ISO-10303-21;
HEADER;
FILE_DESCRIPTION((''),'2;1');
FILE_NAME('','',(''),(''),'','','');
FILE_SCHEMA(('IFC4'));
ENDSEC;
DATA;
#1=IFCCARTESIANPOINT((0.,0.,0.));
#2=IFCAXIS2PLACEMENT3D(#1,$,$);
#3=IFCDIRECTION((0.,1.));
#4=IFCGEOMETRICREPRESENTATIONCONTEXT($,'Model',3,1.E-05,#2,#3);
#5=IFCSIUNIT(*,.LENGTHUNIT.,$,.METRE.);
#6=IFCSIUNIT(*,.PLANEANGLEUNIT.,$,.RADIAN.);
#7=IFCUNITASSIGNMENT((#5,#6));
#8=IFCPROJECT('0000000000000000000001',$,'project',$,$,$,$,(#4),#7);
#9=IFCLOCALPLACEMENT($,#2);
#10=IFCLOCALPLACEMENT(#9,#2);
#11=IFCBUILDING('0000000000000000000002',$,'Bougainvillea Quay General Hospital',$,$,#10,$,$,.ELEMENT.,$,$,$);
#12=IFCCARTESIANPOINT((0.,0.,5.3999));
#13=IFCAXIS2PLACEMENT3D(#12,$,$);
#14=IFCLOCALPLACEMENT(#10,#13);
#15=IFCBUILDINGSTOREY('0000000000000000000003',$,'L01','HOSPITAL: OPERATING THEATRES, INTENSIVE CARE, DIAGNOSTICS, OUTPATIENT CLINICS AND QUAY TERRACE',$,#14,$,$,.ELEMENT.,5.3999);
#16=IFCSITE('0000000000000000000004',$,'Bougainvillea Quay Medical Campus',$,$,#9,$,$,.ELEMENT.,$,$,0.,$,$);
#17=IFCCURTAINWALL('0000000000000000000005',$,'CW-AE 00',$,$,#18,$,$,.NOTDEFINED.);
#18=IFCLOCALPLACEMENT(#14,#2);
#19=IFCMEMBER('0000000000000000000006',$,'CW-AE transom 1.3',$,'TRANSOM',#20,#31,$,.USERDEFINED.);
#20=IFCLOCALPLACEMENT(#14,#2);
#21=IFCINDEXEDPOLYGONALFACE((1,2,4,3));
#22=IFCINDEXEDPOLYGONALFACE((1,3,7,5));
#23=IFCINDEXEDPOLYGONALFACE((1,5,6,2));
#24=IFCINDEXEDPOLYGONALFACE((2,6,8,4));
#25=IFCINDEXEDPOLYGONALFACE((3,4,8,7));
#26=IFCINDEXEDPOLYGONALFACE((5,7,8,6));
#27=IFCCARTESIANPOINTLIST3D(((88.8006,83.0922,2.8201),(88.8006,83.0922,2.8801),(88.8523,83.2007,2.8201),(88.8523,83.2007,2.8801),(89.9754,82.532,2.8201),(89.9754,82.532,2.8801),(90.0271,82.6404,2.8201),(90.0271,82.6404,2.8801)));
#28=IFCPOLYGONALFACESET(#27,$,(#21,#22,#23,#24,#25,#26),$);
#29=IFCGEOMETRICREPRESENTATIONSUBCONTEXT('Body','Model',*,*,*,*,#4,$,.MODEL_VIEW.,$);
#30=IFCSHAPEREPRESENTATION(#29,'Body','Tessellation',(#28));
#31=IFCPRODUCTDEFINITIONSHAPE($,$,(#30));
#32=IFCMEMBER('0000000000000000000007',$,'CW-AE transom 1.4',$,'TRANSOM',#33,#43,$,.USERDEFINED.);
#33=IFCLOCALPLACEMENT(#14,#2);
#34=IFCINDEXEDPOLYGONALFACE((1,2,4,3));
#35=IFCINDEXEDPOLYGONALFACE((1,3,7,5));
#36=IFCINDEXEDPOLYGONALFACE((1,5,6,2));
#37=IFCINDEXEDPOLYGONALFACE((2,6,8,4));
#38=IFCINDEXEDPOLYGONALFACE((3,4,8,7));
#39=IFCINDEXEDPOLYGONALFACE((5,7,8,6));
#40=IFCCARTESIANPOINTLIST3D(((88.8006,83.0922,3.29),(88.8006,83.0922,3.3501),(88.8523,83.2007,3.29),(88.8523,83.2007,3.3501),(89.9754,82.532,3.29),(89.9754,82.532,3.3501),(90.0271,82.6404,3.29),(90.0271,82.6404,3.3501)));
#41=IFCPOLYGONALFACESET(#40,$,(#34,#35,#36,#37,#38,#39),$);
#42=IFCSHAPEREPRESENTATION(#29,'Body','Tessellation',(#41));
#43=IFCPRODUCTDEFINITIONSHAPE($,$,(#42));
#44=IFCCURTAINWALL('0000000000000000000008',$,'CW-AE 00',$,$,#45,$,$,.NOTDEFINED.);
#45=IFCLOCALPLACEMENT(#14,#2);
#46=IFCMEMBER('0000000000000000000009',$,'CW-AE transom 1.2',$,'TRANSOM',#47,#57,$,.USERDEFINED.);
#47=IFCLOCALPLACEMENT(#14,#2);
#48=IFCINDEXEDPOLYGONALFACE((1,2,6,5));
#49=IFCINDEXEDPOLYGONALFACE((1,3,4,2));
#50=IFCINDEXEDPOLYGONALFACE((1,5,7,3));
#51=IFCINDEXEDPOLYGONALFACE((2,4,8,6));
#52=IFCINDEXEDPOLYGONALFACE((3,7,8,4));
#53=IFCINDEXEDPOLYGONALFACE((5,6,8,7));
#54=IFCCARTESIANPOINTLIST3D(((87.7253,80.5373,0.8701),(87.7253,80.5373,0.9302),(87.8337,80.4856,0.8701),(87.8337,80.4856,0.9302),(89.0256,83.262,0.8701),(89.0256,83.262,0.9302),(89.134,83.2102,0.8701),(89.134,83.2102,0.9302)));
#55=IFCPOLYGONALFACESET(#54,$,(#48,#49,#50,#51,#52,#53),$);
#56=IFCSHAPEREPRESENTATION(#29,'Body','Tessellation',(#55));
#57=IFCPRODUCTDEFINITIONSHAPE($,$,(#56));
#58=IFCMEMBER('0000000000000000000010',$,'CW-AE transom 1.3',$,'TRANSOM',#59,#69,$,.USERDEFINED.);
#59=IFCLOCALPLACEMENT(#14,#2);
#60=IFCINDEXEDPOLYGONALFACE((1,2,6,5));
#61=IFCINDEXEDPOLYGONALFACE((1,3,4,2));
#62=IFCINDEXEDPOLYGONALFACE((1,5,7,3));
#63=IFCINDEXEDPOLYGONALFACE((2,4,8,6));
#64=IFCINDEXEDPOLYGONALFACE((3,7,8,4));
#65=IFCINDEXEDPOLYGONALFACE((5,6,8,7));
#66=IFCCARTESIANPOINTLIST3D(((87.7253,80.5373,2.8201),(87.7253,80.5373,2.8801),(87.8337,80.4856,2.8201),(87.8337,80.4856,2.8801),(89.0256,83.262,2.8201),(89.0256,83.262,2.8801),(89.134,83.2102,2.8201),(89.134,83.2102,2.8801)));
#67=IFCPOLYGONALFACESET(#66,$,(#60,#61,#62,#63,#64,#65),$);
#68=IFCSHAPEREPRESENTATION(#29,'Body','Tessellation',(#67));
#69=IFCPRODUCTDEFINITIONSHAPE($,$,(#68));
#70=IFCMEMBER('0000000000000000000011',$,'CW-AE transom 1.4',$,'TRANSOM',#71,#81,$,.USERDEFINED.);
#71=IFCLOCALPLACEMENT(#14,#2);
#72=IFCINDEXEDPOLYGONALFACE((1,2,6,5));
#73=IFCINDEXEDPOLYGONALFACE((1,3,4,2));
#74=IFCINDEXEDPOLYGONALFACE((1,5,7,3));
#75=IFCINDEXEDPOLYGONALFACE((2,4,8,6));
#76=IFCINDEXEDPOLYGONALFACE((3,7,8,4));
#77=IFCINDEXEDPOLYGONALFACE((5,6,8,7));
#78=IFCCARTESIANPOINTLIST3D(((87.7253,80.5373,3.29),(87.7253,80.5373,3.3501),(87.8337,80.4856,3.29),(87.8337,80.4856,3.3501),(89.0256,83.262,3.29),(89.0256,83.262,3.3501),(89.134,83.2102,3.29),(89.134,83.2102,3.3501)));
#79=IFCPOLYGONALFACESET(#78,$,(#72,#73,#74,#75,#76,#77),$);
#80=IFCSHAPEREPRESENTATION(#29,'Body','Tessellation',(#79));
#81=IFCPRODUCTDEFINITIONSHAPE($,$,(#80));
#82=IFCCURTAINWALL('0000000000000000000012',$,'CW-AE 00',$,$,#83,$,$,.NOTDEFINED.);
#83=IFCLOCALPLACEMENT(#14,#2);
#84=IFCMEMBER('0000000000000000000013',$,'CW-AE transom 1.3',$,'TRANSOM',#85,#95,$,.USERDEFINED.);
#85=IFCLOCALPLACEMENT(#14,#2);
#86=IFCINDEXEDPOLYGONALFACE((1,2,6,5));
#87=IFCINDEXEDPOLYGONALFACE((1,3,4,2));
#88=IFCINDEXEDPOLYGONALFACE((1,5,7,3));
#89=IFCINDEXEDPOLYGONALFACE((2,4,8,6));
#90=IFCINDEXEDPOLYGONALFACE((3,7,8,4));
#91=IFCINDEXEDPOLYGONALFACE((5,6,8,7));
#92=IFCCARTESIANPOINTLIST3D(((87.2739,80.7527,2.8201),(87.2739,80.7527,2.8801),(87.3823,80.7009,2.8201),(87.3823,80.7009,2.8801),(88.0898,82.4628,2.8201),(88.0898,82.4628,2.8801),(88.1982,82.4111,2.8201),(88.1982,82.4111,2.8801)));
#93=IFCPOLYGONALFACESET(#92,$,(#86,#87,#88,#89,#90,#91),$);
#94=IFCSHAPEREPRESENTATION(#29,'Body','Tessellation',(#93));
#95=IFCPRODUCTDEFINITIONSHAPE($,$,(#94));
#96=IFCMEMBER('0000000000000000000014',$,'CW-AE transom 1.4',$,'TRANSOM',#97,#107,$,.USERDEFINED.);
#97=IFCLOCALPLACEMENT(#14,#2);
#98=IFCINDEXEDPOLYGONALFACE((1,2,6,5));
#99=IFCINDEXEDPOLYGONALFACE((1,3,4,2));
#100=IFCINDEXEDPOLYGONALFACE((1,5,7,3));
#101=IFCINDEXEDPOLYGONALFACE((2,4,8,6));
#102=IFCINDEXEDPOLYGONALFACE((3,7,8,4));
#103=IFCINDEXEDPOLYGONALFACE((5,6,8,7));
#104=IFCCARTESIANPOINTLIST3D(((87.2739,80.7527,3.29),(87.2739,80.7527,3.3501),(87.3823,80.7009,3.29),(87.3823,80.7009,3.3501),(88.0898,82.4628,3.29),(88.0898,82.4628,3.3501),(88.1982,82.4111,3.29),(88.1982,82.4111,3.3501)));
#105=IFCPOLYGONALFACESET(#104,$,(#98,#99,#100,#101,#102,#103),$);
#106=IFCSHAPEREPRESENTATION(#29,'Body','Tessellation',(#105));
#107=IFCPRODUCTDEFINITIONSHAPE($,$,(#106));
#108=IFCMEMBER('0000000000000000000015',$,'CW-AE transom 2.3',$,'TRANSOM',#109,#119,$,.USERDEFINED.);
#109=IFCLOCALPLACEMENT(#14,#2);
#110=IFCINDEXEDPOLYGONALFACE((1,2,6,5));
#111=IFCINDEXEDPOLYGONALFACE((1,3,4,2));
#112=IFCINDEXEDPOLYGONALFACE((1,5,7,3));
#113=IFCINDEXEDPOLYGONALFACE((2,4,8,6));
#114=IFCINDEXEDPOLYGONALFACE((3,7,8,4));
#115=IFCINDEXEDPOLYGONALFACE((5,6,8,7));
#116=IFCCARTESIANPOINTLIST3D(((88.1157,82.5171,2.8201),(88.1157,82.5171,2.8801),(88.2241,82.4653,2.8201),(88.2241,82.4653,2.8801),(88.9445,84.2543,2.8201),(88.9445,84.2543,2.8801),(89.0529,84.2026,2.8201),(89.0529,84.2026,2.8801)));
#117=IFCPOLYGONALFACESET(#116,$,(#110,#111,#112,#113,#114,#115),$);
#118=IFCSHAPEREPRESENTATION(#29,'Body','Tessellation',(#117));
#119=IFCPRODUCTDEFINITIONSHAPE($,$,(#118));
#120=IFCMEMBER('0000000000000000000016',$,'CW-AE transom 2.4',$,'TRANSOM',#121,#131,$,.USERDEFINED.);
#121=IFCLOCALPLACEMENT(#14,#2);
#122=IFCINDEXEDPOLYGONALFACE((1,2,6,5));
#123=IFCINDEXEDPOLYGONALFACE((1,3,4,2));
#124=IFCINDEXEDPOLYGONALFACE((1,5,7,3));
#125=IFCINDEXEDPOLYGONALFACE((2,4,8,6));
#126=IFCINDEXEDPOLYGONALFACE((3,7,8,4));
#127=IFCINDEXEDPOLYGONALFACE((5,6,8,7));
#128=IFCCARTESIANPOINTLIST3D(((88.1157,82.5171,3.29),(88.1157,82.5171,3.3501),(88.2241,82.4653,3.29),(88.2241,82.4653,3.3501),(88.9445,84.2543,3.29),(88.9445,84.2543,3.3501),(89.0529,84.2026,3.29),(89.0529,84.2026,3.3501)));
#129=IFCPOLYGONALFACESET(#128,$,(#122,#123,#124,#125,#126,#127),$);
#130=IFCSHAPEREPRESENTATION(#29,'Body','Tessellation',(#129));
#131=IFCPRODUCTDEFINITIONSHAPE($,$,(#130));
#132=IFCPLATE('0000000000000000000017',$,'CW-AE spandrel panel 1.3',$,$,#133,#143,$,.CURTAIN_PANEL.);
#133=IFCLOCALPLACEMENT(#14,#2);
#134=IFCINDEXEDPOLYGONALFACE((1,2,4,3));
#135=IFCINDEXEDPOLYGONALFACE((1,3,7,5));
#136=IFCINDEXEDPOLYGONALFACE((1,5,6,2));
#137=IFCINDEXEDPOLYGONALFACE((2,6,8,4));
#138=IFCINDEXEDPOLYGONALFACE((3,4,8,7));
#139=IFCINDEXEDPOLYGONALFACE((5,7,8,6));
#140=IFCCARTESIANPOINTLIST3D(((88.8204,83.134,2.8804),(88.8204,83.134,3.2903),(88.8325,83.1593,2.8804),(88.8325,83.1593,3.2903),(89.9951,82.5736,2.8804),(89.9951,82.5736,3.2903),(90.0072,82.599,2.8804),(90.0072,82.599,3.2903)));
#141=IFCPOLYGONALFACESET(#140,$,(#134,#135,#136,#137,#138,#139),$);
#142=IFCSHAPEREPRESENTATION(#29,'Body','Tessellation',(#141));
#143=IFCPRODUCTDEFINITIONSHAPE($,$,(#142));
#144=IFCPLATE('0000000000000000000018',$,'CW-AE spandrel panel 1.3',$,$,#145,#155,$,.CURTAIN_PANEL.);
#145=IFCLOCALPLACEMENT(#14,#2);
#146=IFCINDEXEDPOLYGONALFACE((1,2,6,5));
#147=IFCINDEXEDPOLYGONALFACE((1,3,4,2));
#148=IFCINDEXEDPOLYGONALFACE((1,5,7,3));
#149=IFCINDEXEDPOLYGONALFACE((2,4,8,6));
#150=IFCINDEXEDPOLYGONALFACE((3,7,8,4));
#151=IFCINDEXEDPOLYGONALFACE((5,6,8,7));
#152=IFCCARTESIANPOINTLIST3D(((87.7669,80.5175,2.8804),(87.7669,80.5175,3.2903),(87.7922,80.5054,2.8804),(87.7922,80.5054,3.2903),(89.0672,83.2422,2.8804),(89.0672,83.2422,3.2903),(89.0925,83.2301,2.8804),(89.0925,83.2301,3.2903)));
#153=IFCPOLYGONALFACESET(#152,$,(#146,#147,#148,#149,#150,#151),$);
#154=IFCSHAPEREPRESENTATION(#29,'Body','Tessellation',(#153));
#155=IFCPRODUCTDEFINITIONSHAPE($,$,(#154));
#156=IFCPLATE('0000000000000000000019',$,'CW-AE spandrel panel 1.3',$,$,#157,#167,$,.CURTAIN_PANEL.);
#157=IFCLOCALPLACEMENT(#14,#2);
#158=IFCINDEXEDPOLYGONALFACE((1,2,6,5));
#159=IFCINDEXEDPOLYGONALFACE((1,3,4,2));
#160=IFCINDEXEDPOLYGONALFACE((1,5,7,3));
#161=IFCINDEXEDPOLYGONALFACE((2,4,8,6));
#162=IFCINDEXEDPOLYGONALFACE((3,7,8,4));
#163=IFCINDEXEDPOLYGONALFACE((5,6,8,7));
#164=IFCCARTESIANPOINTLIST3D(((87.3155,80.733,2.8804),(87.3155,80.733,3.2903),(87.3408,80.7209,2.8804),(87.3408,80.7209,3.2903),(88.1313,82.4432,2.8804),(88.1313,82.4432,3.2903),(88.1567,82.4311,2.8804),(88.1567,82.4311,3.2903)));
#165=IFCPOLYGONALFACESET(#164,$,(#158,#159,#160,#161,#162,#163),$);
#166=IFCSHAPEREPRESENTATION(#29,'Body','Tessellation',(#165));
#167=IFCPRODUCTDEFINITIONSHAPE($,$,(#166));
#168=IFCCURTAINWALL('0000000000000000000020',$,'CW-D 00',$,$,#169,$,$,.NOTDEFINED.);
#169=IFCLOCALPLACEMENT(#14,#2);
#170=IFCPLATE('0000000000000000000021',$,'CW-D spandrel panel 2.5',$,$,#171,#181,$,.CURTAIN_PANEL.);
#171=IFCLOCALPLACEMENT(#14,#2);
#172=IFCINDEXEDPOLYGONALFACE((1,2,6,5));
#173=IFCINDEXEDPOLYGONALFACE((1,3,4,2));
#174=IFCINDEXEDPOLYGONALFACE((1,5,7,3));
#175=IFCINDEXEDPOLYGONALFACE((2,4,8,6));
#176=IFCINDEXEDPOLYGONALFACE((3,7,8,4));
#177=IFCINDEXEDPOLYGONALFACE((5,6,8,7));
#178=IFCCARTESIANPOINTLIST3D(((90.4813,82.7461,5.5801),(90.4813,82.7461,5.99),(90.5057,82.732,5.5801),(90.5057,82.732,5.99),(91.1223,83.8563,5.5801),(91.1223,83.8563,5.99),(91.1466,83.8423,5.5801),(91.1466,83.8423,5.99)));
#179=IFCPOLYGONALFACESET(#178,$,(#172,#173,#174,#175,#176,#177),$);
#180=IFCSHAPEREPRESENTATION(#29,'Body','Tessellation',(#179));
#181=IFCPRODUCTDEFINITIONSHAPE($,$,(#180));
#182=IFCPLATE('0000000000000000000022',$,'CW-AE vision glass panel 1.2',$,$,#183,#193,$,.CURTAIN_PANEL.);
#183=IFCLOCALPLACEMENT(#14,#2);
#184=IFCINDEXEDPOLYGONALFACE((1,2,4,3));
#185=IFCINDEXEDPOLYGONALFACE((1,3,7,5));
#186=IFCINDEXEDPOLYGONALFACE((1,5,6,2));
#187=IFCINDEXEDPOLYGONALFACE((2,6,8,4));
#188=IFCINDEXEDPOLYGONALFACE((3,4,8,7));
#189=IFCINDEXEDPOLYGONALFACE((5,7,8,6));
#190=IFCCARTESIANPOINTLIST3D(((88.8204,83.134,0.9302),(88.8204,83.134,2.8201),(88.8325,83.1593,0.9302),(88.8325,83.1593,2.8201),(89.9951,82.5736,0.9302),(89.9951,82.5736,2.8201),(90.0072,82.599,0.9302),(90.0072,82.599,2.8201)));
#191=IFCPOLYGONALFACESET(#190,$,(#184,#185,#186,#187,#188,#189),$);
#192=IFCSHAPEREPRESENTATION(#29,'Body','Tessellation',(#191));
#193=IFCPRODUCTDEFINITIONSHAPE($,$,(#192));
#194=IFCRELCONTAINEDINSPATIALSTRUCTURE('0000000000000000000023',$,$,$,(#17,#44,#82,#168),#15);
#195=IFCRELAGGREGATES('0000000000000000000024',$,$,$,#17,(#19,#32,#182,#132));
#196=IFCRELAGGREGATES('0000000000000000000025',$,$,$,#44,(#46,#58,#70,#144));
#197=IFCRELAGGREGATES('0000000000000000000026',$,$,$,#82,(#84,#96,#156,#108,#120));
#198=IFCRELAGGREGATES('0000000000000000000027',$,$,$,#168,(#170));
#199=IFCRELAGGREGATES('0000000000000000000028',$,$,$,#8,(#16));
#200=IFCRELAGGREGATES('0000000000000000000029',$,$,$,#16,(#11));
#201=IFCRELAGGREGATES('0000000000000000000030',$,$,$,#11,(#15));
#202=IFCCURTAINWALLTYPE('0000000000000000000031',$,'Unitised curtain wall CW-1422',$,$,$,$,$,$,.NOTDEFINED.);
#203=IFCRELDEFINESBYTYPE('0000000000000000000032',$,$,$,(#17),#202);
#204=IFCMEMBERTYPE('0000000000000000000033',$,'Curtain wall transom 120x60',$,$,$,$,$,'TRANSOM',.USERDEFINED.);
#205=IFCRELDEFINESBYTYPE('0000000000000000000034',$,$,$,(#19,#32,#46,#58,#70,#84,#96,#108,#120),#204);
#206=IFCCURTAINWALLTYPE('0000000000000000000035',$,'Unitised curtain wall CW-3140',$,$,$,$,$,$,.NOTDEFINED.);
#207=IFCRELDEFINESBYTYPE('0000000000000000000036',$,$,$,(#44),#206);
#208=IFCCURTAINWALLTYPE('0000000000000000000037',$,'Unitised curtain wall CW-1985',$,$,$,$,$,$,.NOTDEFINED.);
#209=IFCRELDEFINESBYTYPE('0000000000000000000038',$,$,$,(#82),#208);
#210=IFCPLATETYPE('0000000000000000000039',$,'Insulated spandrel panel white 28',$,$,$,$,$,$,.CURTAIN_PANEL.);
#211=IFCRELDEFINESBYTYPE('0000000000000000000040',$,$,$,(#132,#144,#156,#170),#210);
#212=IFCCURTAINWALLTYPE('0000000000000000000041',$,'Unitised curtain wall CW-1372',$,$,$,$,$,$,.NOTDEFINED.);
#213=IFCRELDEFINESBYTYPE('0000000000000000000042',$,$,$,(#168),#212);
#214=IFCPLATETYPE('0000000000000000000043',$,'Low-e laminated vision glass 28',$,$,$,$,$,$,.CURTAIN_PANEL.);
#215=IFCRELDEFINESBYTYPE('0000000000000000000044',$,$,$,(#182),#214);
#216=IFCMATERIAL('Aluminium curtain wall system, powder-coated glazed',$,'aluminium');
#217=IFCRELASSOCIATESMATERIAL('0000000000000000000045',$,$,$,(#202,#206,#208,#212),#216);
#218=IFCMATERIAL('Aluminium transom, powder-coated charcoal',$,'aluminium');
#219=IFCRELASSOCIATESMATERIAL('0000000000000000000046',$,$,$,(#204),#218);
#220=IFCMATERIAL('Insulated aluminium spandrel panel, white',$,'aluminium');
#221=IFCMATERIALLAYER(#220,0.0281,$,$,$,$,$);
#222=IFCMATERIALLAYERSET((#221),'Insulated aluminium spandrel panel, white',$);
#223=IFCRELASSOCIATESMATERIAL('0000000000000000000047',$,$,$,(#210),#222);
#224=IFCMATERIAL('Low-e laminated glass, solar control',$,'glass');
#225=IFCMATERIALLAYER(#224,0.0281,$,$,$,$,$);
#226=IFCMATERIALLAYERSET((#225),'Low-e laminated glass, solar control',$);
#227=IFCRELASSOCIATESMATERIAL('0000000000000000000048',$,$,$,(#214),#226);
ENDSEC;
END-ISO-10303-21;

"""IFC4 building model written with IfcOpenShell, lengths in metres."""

from ifc_helpers import new_model, si_unit, direction, frame, origin, origin_2d, place, context, subcontext, project, spatial, rectangle, extrude, material, layer, layer_set, material_profile, profile_set, type_object, element, aggregate, save


model = new_model("IFC4")

# Units and contexts
model_context = context("Model", 3, precision=1e-05, world=origin(), true_north=direction((0.0, 1.0)))
body_context = subcontext(model_context, "Body", "Model", "MODEL_VIEW")
ifc_project = project(units=[si_unit("LENGTHUNIT", "METRE"), si_unit("PLANEANGLEUNIT", "RADIAN")], contexts=[model_context])

# Site, building, storey
site_placement = place(None, origin())
site = spatial("IfcSite", under=ifc_project, at=site_placement, Name="Bougainvillea Quay Medical Campus", CompositionType="ELEMENT", RefElevation=0.0)
building_placement = place(site_placement, origin())
building = spatial("IfcBuilding", under=site, at=building_placement, Name="Bougainvillea Quay General Hospital", CompositionType="ELEMENT")
storey_placement = place(building_placement, frame((0.0, 0.0, 5.3999)))
storey = spatial("IfcBuildingStorey", under=building, at=storey_placement, Name="L01", Description="HOSPITAL: OPERATING THEATRES, INTENSIVE CARE, DIAGNOSTICS, OUTPATIENT CLINICS AND QUAY TERRACE", CompositionType="ELEMENT", Elevation=5.3999)

# Curtain walls, members
ifc_material_1 = material(Name="Aluminium curtain wall system, powder-coated glazed", Category="aluminium")
curtain_wall_type_1 = type_object("IfcCurtainWallType", Name="Unitised curtain wall CW-1422", PredefinedType="NOTDEFINED", material=ifc_material_1)
curtain_wall_1_placement = place(storey_placement, origin())
curtain_wall_1 = element("IfcCurtainWall", 1, at=curtain_wall_1_placement, inside=storey, type_object=curtain_wall_type_1, Name="CW-AE 00", PredefinedType="NOTDEFINED")
ifc_material_2 = material(Name="Aluminium transom, powder-coated charcoal", Category="aluminium")
ifc_material_profile = material_profile(ifc_material_2, rectangle(XDim=0.1201, YDim=0.0601, at=origin_2d()))
ifc_profile_set = profile_set([ifc_material_profile], Name="Aluminium transom, powder-coated charcoal")
member_type = type_object("IfcMemberType", Name="Curtain wall transom 120x60", ElementType="TRANSOM", PredefinedType="USERDEFINED", material=ifc_profile_set)
member_1_placement = place(storey_placement, frame((90.0012, 82.5862, 2.8501), z_axis=(-0.9026, 0.43048, 0.0), x_axis=(-0.43048, -0.9026, 0.0)))
member_1 = element("IfcMember", 2, at=member_1_placement, type_object=member_type, Name="CW-AE transom 1.3", ObjectType="TRANSOM", PredefinedType="USERDEFINED", context=body_context, shape_type="SweptSolid", body=[
    extrude(rectangle(XDim=0.1201, YDim=0.0601, at=origin_2d()), origin(), (0.0, 0.0, 1.0), 1.3015),
])
member_2_placement = place(storey_placement, frame((90.0012, 82.5862, 3.3201), z_axis=(-0.9026, 0.43048, 0.0), x_axis=(-0.43048, -0.9026, 0.0)))
member_2 = element("IfcMember", 3, at=member_2_placement, type_object=member_type, Name="CW-AE transom 1.4", ObjectType="TRANSOM", PredefinedType="USERDEFINED", context=body_context, shape_type="SweptSolid", body=[
    extrude(rectangle(XDim=0.1201, YDim=0.0601, at=origin_2d()), origin(), (0.0, 0.0, 1.0), 1.3015),
])
curtain_wall_type_2 = type_object("IfcCurtainWallType", Name="Unitised curtain wall CW-3140", PredefinedType="NOTDEFINED", material=ifc_material_1)
curtain_wall_2_placement = place(storey_placement, origin())
curtain_wall_2 = element("IfcCurtainWall", 4, at=curtain_wall_2_placement, inside=storey, type_object=curtain_wall_type_2, Name="CW-AE 00", PredefinedType="NOTDEFINED")
member_3_placement = place(storey_placement, frame((89.0798, 83.2361, 0.9001), z_axis=(-0.430706, -0.902492, 0.0), x_axis=(0.902492, -0.430706, 0.0)))
member_3 = element("IfcMember", 5, at=member_3_placement, type_object=member_type, Name="CW-AE transom 1.2", ObjectType="TRANSOM", PredefinedType="USERDEFINED", context=body_context, shape_type="SweptSolid", body=[
    extrude(rectangle(XDim=0.1201, YDim=0.0601, at=origin_2d()), origin(), (0.0, 0.0, 1.0), 3.019),
])
member_4_placement = place(storey_placement, frame((89.0798, 83.2361, 2.8501), z_axis=(-0.430706, -0.902492, 0.0), x_axis=(0.902492, -0.430706, 0.0)))
member_4 = element("IfcMember", 6, at=member_4_placement, type_object=member_type, Name="CW-AE transom 1.3", ObjectType="TRANSOM", PredefinedType="USERDEFINED", context=body_context, shape_type="SweptSolid", body=[
    extrude(rectangle(XDim=0.1201, YDim=0.0601, at=origin_2d()), origin(), (0.0, 0.0, 1.0), 3.019),
])
member_5_placement = place(storey_placement, frame((89.0798, 83.2361, 3.3201), z_axis=(-0.430706, -0.902492, 0.0), x_axis=(0.902492, -0.430706, 0.0)))
member_5 = element("IfcMember", 7, at=member_5_placement, type_object=member_type, Name="CW-AE transom 1.4", ObjectType="TRANSOM", PredefinedType="USERDEFINED", context=body_context, shape_type="SweptSolid", body=[
    extrude(rectangle(XDim=0.1201, YDim=0.0601, at=origin_2d()), origin(), (0.0, 0.0, 1.0), 3.019),
])
curtain_wall_type_3 = type_object("IfcCurtainWallType", Name="Unitised curtain wall CW-1985", PredefinedType="NOTDEFINED", material=ifc_material_1)
curtain_wall_3_placement = place(storey_placement, origin())
curtain_wall_3 = element("IfcCurtainWall", 8, at=curtain_wall_3_placement, inside=storey, type_object=curtain_wall_type_3, Name="CW-AE 00", PredefinedType="NOTDEFINED")
member_6_placement = place(storey_placement, frame((87.3281, 80.7268, 2.8501), z_axis=(0.430594, 0.902546, 0.0), x_axis=(-0.902546, 0.430594, 0.0)))
member_6 = element("IfcMember", 9, at=member_6_placement, type_object=member_type, Name="CW-AE transom 1.3", ObjectType="TRANSOM", PredefinedType="USERDEFINED", context=body_context, shape_type="SweptSolid", body=[
    extrude(rectangle(XDim=0.1201, YDim=0.0601, at=origin_2d()), origin(), (0.0, 0.0, 1.0), 1.8948),
])
member_7_placement = place(storey_placement, frame((87.3281, 80.7268, 3.3201), z_axis=(0.430594, 0.902546, 0.0), x_axis=(-0.902546, 0.430594, 0.0)))
member_7 = element("IfcMember", 10, at=member_7_placement, type_object=member_type, Name="CW-AE transom 1.4", ObjectType="TRANSOM", PredefinedType="USERDEFINED", context=body_context, shape_type="SweptSolid", body=[
    extrude(rectangle(XDim=0.1201, YDim=0.0601, at=origin_2d()), origin(), (0.0, 0.0, 1.0), 1.8948),
])
member_8_placement = place(storey_placement, frame((88.1699, 82.4912, 2.8501), z_axis=(0.430598, 0.902544, 0.0), x_axis=(-0.902544, 0.430598, 0.0)))
member_8 = element("IfcMember", 11, at=member_8_placement, type_object=member_type, Name="CW-AE transom 2.3", ObjectType="TRANSOM", PredefinedType="USERDEFINED", context=body_context, shape_type="SweptSolid", body=[
    extrude(rectangle(XDim=0.1201, YDim=0.0601, at=origin_2d()), origin(), (0.0, 0.0, 1.0), 1.9248),
])
member_9_placement = place(storey_placement, frame((88.1699, 82.4912, 3.3201), z_axis=(0.430598, 0.902544, 0.0), x_axis=(-0.902544, 0.430598, 0.0)))
member_9 = element("IfcMember", 12, at=member_9_placement, type_object=member_type, Name="CW-AE transom 2.4", ObjectType="TRANSOM", PredefinedType="USERDEFINED", context=body_context, shape_type="SweptSolid", body=[
    extrude(rectangle(XDim=0.1201, YDim=0.0601, at=origin_2d()), origin(), (0.0, 0.0, 1.0), 1.9248),
])

# Plates
ifc_material_3 = material(Name="Insulated aluminium spandrel panel, white", Category="aluminium")
ifc_layer_1 = layer(ifc_material_3, 0.0281)
ifc_layer_set_1 = layer_set([ifc_layer_1], Name="Insulated aluminium spandrel panel, white")
plate_type_1 = type_object("IfcPlateType", Name="Insulated spandrel panel white 28", PredefinedType="CURTAIN_PANEL", material=ifc_layer_set_1)
plate_1_placement = place(storey_placement, frame((89.4138, 82.8665, 2.8804), z_axis=(0.0, 0.0, 1.0), x_axis=(-0.902574, 0.430534, 0.0)))
plate_1 = element("IfcPlate", 13, at=plate_1_placement, type_object=plate_type_1, Name="CW-AE spandrel panel 1.3", PredefinedType="CURTAIN_PANEL", context=body_context, shape_type="SweptSolid", body=[
    extrude(rectangle(XDim=1.3015, YDim=0.0281, at=origin_2d()), origin(), (0.0, 0.0, 1.0), 0.4099),
])
plate_2_placement = place(storey_placement, frame((88.4297, 81.8738, 2.8804), z_axis=(0.0, 0.0, 1.0), x_axis=(-0.4307, -0.902495, 0.0)))
plate_2 = element("IfcPlate", 14, at=plate_2_placement, type_object=plate_type_1, Name="CW-AE spandrel panel 1.3", PredefinedType="CURTAIN_PANEL", context=body_context, shape_type="SweptSolid", body=[
    extrude(rectangle(XDim=3.019, YDim=0.0281, at=origin_2d()), origin(), (0.0, 0.0, 1.0), 0.4099),
])
plate_3_placement = place(storey_placement, frame((87.7361, 81.582, 2.8804), z_axis=(0.0, 0.0, 1.0), x_axis=(0.430563, 0.902561, 0.0)))
plate_3 = element("IfcPlate", 15, at=plate_3_placement, type_object=plate_type_1, Name="CW-AE spandrel panel 1.3", PredefinedType="CURTAIN_PANEL", context=body_context, shape_type="SweptSolid", body=[
    extrude(rectangle(XDim=1.8948, YDim=0.0281, at=origin_2d()), origin(), (0.0, 0.0, 1.0), 0.4099),
])

# Curtain wall, plate
curtain_wall_type_4 = type_object("IfcCurtainWallType", Name="Unitised curtain wall CW-1372", PredefinedType="NOTDEFINED", material=ifc_material_1)
curtain_wall_4_placement = place(storey_placement, origin())
curtain_wall_4 = element("IfcCurtainWall", 16, at=curtain_wall_4_placement, inside=storey, type_object=curtain_wall_type_4, Name="CW-D 00", PredefinedType="NOTDEFINED")
plate_4_placement = place(storey_placement, frame((90.814, 83.2942, 5.5801), z_axis=(0.0, 0.0, 1.0), x_axis=(-0.499962, -0.866048, 0.0)))
plate_4 = element("IfcPlate", 17, at=plate_4_placement, type_object=plate_type_1, Name="CW-D spandrel panel 2.5", PredefinedType="CURTAIN_PANEL", context=body_context, shape_type="SweptSolid", body=[
    extrude(rectangle(XDim=1.282, YDim=0.0281, at=origin_2d()), origin(), (0.0, 0.0, 1.0), 0.4099),
])

# Plate
ifc_material_4 = material(Name="Low-e laminated glass, solar control", Category="glass")
ifc_layer_2 = layer(ifc_material_4, 0.0281)
ifc_layer_set_2 = layer_set([ifc_layer_2], Name="Low-e laminated glass, solar control")
plate_type_2 = type_object("IfcPlateType", Name="Low-e laminated vision glass 28", PredefinedType="CURTAIN_PANEL", material=ifc_layer_set_2)
plate_5_placement = place(storey_placement, frame((89.4138, 82.8665, 0.9302), z_axis=(0.0, 0.0, 1.0), x_axis=(-0.902574, 0.430534, 0.0)))
plate_5 = element("IfcPlate", 18, at=plate_5_placement, type_object=plate_type_2, Name="CW-AE vision glass panel 1.2", PredefinedType="CURTAIN_PANEL", context=body_context, shape_type="SweptSolid", body=[
    extrude(rectangle(XDim=1.3015, YDim=0.0281, at=origin_2d()), origin(), (0.0, 0.0, 1.0), 1.8899),
])
aggregate(curtain_wall_1, [member_1, member_2, plate_5, plate_1])
aggregate(curtain_wall_2, [member_3, member_4, member_5, plate_2])
aggregate(curtain_wall_3, [member_6, member_7, plate_3, member_8, member_9])
aggregate(curtain_wall_4, [plate_4])

save(model, "model.ifc")
